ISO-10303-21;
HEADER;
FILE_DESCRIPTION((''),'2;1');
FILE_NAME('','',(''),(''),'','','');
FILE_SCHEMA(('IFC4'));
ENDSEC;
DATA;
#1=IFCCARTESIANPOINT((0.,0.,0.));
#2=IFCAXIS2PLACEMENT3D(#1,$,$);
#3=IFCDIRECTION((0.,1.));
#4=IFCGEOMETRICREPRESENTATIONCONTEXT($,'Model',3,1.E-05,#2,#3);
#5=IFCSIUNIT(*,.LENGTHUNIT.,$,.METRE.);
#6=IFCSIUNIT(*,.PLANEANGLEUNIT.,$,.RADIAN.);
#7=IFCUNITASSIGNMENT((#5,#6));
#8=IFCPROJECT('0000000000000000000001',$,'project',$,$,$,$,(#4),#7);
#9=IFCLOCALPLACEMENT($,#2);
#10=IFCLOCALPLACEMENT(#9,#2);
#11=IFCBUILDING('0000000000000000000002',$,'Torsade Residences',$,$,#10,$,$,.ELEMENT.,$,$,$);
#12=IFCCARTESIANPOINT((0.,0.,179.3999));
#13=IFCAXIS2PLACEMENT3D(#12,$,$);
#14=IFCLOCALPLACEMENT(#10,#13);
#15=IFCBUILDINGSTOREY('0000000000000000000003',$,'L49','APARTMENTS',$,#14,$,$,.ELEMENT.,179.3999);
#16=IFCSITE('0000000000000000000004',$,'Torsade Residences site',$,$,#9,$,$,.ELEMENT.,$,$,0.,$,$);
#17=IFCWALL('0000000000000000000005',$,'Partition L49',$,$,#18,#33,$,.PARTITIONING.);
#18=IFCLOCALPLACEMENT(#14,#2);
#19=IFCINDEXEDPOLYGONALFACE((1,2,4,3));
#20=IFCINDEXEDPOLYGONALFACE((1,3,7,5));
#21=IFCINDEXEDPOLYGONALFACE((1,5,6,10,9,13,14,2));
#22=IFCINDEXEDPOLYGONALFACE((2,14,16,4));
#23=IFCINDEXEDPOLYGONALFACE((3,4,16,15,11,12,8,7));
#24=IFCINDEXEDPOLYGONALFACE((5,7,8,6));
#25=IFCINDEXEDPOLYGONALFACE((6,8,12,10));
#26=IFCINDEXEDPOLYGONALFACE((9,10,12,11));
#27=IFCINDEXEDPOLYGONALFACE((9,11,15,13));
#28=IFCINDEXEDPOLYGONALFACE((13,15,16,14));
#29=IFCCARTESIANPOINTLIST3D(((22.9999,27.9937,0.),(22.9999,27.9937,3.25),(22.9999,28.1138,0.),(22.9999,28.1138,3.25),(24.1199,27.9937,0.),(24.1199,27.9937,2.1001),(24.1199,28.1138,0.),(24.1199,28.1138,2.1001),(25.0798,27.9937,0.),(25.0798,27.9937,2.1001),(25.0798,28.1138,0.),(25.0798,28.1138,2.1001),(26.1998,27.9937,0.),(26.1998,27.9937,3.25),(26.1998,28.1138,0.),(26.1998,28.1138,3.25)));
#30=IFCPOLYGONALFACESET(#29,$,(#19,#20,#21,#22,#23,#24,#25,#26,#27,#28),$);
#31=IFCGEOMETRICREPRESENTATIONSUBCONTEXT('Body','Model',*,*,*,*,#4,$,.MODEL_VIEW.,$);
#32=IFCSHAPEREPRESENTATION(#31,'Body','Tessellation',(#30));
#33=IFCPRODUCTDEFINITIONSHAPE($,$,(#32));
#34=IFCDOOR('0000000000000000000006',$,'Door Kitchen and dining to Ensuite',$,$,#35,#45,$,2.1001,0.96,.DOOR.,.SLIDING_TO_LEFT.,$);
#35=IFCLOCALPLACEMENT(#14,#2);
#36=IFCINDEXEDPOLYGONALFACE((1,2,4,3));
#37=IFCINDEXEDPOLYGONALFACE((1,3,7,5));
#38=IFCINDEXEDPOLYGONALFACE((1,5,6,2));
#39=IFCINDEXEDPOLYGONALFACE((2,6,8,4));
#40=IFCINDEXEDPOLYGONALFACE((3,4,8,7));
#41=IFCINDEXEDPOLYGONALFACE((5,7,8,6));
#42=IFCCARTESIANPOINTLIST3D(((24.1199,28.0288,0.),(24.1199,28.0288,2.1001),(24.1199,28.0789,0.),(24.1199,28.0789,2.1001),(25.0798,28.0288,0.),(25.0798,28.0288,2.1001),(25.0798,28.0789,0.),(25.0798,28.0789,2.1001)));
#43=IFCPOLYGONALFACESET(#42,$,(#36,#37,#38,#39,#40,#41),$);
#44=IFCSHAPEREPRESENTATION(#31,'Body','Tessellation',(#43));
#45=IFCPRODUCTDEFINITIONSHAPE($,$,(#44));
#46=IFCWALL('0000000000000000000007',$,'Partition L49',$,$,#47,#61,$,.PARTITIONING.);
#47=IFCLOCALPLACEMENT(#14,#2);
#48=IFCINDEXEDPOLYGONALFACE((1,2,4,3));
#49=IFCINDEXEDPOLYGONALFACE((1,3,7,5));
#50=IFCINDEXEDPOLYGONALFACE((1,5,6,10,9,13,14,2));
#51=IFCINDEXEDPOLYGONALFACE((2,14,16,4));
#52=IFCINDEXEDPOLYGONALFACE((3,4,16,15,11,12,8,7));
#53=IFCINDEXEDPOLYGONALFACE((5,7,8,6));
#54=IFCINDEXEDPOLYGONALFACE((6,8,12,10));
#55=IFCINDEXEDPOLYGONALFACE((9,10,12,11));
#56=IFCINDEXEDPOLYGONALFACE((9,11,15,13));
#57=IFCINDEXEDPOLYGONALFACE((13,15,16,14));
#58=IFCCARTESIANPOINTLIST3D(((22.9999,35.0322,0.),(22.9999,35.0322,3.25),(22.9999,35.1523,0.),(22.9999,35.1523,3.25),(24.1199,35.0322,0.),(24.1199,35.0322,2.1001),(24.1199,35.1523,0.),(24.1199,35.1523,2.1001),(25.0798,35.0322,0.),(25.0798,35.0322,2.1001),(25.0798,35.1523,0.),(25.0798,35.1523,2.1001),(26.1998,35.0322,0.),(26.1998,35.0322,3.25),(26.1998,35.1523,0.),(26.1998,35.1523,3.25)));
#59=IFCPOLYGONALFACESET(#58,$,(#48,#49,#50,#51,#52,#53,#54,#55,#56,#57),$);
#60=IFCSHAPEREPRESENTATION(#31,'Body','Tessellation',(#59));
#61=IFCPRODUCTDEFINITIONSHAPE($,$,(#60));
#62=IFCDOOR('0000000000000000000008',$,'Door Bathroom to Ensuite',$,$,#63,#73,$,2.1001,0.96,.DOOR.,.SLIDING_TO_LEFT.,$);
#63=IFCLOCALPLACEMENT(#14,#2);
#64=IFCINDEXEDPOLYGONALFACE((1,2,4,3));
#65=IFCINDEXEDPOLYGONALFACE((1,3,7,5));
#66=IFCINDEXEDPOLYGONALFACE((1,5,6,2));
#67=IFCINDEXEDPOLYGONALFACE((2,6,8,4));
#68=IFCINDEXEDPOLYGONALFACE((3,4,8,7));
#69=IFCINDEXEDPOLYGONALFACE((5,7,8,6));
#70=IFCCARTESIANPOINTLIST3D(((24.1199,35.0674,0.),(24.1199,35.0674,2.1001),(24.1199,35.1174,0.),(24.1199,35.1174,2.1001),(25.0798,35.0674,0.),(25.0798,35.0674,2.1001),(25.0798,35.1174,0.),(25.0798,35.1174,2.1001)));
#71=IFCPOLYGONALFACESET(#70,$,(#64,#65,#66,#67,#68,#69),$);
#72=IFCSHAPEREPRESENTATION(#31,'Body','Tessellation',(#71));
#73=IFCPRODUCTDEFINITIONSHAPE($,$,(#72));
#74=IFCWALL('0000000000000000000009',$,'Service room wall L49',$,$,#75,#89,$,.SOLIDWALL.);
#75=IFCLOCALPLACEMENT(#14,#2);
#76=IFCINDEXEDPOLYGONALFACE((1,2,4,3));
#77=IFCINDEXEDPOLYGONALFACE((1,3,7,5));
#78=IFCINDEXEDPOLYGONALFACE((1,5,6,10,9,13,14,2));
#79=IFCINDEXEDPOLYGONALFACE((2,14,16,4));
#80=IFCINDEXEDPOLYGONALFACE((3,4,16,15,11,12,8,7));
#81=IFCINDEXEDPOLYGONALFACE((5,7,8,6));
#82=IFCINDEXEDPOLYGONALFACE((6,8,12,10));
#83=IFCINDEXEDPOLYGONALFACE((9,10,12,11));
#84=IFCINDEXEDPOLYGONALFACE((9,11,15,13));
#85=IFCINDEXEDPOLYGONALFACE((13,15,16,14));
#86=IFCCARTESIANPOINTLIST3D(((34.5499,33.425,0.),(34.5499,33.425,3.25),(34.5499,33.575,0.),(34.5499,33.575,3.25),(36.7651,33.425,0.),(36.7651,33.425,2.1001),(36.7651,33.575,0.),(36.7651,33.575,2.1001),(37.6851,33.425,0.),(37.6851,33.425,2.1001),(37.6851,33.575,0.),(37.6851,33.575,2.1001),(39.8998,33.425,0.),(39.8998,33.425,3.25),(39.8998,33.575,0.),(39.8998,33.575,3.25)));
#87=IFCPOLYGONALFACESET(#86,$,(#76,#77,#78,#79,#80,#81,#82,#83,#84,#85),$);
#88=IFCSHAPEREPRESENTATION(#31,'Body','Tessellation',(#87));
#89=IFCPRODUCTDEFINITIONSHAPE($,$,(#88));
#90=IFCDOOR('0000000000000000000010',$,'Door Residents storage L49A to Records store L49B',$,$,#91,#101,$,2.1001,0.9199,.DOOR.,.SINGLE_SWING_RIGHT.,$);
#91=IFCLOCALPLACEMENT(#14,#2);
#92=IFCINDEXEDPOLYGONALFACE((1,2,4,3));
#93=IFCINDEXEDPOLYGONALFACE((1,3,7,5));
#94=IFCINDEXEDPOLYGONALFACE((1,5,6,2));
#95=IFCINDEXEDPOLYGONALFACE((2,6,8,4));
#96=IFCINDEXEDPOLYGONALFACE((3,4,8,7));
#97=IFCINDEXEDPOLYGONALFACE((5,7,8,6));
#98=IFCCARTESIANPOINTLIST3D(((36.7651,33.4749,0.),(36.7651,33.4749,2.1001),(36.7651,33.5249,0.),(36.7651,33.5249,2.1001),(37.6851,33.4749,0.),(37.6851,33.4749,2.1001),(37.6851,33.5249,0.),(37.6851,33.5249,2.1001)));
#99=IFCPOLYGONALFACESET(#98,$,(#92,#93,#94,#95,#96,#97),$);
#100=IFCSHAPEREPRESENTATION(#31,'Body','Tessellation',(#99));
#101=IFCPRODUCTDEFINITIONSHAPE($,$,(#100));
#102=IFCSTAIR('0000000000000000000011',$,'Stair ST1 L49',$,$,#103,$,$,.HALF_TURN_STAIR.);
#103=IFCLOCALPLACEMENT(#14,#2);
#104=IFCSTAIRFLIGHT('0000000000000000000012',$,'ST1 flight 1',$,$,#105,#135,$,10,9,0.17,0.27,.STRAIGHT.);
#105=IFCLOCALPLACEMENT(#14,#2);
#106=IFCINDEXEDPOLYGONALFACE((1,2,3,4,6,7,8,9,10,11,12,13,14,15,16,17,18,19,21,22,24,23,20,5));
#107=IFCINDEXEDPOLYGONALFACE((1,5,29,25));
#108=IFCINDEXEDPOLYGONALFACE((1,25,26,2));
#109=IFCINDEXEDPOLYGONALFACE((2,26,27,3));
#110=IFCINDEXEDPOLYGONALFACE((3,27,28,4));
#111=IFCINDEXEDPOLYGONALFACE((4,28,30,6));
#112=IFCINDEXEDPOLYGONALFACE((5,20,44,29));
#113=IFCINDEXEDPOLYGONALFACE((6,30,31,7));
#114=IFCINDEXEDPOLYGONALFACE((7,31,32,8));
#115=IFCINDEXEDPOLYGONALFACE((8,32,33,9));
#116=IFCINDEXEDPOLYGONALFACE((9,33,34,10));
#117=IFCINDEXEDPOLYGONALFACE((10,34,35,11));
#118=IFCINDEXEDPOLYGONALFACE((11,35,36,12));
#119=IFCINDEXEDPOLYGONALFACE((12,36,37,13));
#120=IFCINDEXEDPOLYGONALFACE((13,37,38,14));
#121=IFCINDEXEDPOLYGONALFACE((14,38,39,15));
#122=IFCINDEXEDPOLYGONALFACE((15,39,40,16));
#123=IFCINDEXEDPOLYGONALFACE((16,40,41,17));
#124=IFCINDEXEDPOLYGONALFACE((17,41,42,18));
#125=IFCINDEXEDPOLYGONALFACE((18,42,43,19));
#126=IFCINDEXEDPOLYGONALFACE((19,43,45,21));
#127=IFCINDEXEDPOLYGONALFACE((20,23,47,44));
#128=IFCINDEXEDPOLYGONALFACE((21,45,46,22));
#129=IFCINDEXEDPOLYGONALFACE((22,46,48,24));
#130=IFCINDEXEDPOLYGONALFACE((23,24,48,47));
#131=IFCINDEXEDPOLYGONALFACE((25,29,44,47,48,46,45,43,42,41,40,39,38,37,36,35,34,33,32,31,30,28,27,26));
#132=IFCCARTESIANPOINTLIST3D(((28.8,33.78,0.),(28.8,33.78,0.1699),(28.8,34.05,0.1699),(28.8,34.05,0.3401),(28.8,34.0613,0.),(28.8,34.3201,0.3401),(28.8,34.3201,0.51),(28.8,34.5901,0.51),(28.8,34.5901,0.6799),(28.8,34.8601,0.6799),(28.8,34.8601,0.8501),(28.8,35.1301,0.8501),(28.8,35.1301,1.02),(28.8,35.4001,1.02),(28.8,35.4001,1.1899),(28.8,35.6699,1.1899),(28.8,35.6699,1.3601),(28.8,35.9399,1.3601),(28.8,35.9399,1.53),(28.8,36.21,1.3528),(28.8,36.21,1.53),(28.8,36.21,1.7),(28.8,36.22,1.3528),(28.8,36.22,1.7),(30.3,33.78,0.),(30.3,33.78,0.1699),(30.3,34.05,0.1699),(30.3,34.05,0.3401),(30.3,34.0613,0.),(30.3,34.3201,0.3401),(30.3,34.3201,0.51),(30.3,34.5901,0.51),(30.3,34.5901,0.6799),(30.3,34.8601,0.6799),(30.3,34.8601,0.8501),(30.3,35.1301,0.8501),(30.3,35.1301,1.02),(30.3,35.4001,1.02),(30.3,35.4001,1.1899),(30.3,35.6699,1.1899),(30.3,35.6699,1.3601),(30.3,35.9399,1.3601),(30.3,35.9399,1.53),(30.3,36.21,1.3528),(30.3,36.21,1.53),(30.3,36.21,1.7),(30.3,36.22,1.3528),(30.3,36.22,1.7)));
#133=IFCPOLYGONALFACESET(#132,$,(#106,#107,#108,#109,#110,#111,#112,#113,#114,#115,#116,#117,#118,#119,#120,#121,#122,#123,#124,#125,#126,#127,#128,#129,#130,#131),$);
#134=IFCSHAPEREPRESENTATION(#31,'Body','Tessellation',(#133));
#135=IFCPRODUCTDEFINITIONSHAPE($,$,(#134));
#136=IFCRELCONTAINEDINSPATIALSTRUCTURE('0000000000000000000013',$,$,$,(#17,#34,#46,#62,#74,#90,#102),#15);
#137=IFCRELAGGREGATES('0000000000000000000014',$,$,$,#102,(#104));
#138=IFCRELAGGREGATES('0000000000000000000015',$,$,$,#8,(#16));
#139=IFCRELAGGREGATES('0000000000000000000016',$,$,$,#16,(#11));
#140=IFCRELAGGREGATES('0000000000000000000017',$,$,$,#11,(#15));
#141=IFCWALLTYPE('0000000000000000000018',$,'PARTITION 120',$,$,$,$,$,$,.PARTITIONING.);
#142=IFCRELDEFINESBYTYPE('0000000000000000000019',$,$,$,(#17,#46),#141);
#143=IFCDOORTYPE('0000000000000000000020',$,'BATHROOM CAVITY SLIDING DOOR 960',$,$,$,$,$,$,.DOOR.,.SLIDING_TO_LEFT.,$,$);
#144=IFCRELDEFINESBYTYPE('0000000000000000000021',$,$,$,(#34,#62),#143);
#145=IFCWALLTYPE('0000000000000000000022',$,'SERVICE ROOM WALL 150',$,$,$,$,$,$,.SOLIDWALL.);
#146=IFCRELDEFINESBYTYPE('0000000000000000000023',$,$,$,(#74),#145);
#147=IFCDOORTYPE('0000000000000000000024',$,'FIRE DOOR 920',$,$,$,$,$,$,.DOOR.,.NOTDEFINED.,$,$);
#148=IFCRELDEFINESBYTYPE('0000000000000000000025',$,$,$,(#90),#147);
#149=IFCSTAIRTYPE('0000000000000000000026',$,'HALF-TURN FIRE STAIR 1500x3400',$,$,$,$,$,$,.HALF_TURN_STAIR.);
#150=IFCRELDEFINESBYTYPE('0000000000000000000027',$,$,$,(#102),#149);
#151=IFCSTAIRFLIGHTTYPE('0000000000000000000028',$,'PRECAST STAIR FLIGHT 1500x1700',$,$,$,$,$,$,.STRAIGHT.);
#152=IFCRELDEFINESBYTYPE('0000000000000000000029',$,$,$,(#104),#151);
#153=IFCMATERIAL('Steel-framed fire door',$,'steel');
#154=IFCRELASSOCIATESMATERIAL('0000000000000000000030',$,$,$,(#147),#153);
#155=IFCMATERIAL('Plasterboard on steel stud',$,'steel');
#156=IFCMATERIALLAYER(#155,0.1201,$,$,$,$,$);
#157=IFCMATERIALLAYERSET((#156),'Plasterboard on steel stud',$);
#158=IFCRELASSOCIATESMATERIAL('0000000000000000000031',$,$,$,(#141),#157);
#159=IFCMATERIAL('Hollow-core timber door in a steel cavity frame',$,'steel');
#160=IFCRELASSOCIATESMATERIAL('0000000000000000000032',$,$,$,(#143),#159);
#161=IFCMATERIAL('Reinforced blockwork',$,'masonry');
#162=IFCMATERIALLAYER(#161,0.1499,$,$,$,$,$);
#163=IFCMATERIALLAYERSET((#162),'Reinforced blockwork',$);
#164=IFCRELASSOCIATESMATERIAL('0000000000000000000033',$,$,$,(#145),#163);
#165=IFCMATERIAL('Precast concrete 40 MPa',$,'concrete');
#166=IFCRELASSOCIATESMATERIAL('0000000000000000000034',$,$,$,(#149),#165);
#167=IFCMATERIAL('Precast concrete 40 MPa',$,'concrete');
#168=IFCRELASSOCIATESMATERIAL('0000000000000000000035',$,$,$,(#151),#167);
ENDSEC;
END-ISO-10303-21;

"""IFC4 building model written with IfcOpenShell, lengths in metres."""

from ifc_helpers import new_model, si_unit, direction, frame, frame_2d, origin, place, context, subcontext, project, spatial, polyline, rectangle, outline, extrude, material, layer, layer_set, type_object, element, fill, aggregate, save


model = new_model("IFC4")

# Units and contexts
model_context = context("Model", 3, precision=1e-05, world=origin(), true_north=direction((0.0, 1.0)))
body_context = subcontext(model_context, "Body", "Model", "MODEL_VIEW")
ifc_project = project(units=[si_unit("LENGTHUNIT", "METRE"), si_unit("PLANEANGLEUNIT", "RADIAN")], contexts=[model_context])

# Site, building, storey
site_placement = place(None, origin())
site = spatial("IfcSite", under=ifc_project, at=site_placement, Name="Torsade Residences site", CompositionType="ELEMENT", RefElevation=0.0)
building_placement = place(site_placement, origin())
building = spatial("IfcBuilding", under=site, at=building_placement, Name="Torsade Residences", CompositionType="ELEMENT")
storey_placement = place(building_placement, frame((0.0, 0.0, 179.3999)))
storey = spatial("IfcBuildingStorey", under=building, at=storey_placement, Name="L49", Description="APARTMENTS", CompositionType="ELEMENT", Elevation=179.3999)

# Shared definitions
ifc_material_1 = material(Name="Steel-framed fire door", Category="steel")
door_type_1 = type_object("IfcDoorType", Name="FIRE DOOR 920", OperationType="NOTDEFINED", PredefinedType="DOOR", material=ifc_material_1)

# Walls, openings, doors
ifc_material_2 = material(Name="Plasterboard on steel stud", Category="steel")
ifc_layer_1 = layer(ifc_material_2, 0.1201)
ifc_layer_set_1 = layer_set([ifc_layer_1], Name="Plasterboard on steel stud")
wall_type_1 = type_object("IfcWallType", Name="PARTITION 120", PredefinedType="PARTITIONING", material=ifc_layer_set_1)
wall_1_placement = place(storey_placement, frame((26.2, 28.0537, 0.0), z_axis=(0.0, 0.0, 1.0), x_axis=(-1.0, 0.0, 0.0)))
wall_1 = element("IfcWall", 1, at=wall_1_placement, inside=storey, type_object=wall_type_1, Name="Partition L49", PredefinedType="PARTITIONING", context=body_context, shape_type="SweptSolid", body=[
    extrude(rectangle(XDim=3.2, YDim=0.1201, at=frame_2d((1.6001, 0.0))), origin(), (0.0, 0.0, 1.0), 3.25),
])
opening_1_placement = place(wall_1_placement, frame((1.1201, 0.0, 0.0)))
opening_1 = element("IfcOpeningElement", 2, at=opening_1_placement, cuts=wall_1, PredefinedType="OPENING", context=body_context, shape_type="SweptSolid", body=[
    extrude(rectangle(XDim=0.96, YDim=2.1001, at=frame_2d((0.48, 1.05))), frame((0.0, 0.0701, 0.0), z_axis=(0.0, -1.0, 0.0), x_axis=(1.0, 0.0, 0.0)), (0.0, 0.0, 1.0), 0.1401),
])
ifc_material_3 = material(Name="Hollow-core timber door in a steel cavity frame", Category="steel")
door_type_2 = type_object("IfcDoorType", Name="BATHROOM CAVITY SLIDING DOOR 960", OperationType="SLIDING_TO_LEFT", PredefinedType="DOOR", material=ifc_material_3)
door_1_placement = place(opening_1_placement, origin())
door_1 = element("IfcDoor", 3, at=door_1_placement, inside=storey, type_object=door_type_2, Name="Door Kitchen and dining to Ensuite", OperationType="SLIDING_TO_LEFT", OverallHeight=2.1001, OverallWidth=0.96, PredefinedType="DOOR", context=body_context, shape_type="SweptSolid", body=[
    extrude(rectangle(XDim=0.96, YDim=2.1001, at=frame_2d((0.48, 1.05))), frame((0.0, 0.0249, 0.0), z_axis=(0.0, -1.0, 0.0), x_axis=(1.0, 0.0, 0.0)), (0.0, 0.0, 1.0), 0.05),
])
fill(opening_1, door_1)
wall_2_placement = place(storey_placement, frame((26.2, 35.0923, 0.0), z_axis=(0.0, 0.0, 1.0), x_axis=(-1.0, 0.0, 0.0)))
wall_2 = element("IfcWall", 4, at=wall_2_placement, inside=storey, type_object=wall_type_1, Name="Partition L49", PredefinedType="PARTITIONING", context=body_context, shape_type="SweptSolid", body=[
    extrude(rectangle(XDim=3.2, YDim=0.1201, at=frame_2d((1.6001, 0.0))), origin(), (0.0, 0.0, 1.0), 3.25),
])
opening_2_placement = place(wall_2_placement, frame((1.1201, 0.0, 0.0)))
opening_2 = element("IfcOpeningElement", 5, at=opening_2_placement, cuts=wall_2, PredefinedType="OPENING", context=body_context, shape_type="SweptSolid", body=[
    extrude(rectangle(XDim=0.96, YDim=2.1001, at=frame_2d((0.48, 1.05))), frame((0.0, 0.0701, 0.0), z_axis=(0.0, -1.0, 0.0), x_axis=(1.0, 0.0, 0.0)), (0.0, 0.0, 1.0), 0.1401),
])
door_2_placement = place(opening_2_placement, origin())
door_2 = element("IfcDoor", 6, at=door_2_placement, inside=storey, type_object=door_type_2, Name="Door Bathroom to Ensuite", OperationType="SLIDING_TO_LEFT", OverallHeight=2.1001, OverallWidth=0.96, PredefinedType="DOOR", context=body_context, shape_type="SweptSolid", body=[
    extrude(rectangle(XDim=0.96, YDim=2.1001, at=frame_2d((0.48, 1.05))), frame((0.0, 0.0249, 0.0), z_axis=(0.0, -1.0, 0.0), x_axis=(1.0, 0.0, 0.0)), (0.0, 0.0, 1.0), 0.05),
])
fill(opening_2, door_2)
ifc_material_4 = material(Name="Reinforced blockwork", Category="masonry")
ifc_layer_2 = layer(ifc_material_4, 0.1499)
ifc_layer_set_2 = layer_set([ifc_layer_2], Name="Reinforced blockwork")
wall_type_2 = type_object("IfcWallType", Name="SERVICE ROOM WALL 150", PredefinedType="SOLIDWALL", material=ifc_layer_set_2)
wall_3_placement = place(storey_placement, frame((34.55, 33.5, 0.0), z_axis=(0.0, 0.0, 1.0), x_axis=(1.0, 0.0, 0.0)))
wall_3 = element("IfcWall", 7, at=wall_3_placement, inside=storey, type_object=wall_type_2, Name="Service room wall L49", PredefinedType="SOLIDWALL", context=body_context, shape_type="SweptSolid", body=[
    extrude(rectangle(XDim=5.3499, YDim=0.1499, at=frame_2d((2.6748, 0.0))), origin(), (0.0, 0.0, 1.0), 3.25),
])
opening_3_placement = place(wall_3_placement, frame((2.2151, 0.0, 0.0)))
opening_3 = element("IfcOpeningElement", 8, at=opening_3_placement, cuts=wall_3, PredefinedType="OPENING", context=body_context, shape_type="SweptSolid", body=[
    extrude(rectangle(XDim=0.9199, YDim=2.1001, at=frame_2d((0.46, 1.05))), frame((0.0, 0.085, 0.0), z_axis=(0.0, -1.0, 0.0), x_axis=(1.0, 0.0, 0.0)), (0.0, 0.0, 1.0), 0.1699),
])
door_3_placement = place(opening_3_placement, origin())
door_3 = element("IfcDoor", 9, at=door_3_placement, inside=storey, type_object=door_type_1, Name="Door Residents storage L49A to Records store L49B", OperationType="SINGLE_SWING_RIGHT", OverallHeight=2.1001, OverallWidth=0.9199, PredefinedType="DOOR", context=body_context, shape_type="SweptSolid", body=[
    extrude(rectangle(XDim=0.9199, YDim=2.1001, at=frame_2d((0.46, 1.05))), frame((0.0, 0.0249, 0.0), z_axis=(0.0, -1.0, 0.0), x_axis=(1.0, 0.0, 0.0)), (0.0, 0.0, 1.0), 0.05),
])
fill(opening_3, door_3)

# Stair, stair flight
ifc_material_5 = material(Name="Precast concrete 40 MPa", Category="concrete")
stair_type = type_object("IfcStairType", Name="HALF-TURN FIRE STAIR 1500x3400", PredefinedType="HALF_TURN_STAIR", material=ifc_material_5)
stair_placement = place(storey_placement, origin())
stair = element("IfcStair", 10, at=stair_placement, inside=storey, type_object=stair_type, Name="Stair ST1 L49", PredefinedType="HALF_TURN_STAIR")
ifc_material_6 = material(Name="Precast concrete 40 MPa", Category="concrete")
stair_flight_type = type_object("IfcStairFlightType", Name="PRECAST STAIR FLIGHT 1500x1700", PredefinedType="STRAIGHT", material=ifc_material_6)
stair_flight_placement = place(storey_placement, frame((29.55, 33.78, 0.0), z_axis=(0.0, 0.0, 1.0), x_axis=(0.0, 1.0, 0.0)))
stair_flight = element("IfcStairFlight", 11, at=stair_flight_placement, type_object=stair_flight_type, Name="ST1 flight 1", NumberOfRisers=10, NumberOfTreads=9, PredefinedType="STRAIGHT", RiserHeight=0.17, TreadLength=0.27, context=body_context, shape_type="SweptSolid", body=[
    extrude(outline(polyline([(0.0, 0.0), (0.0, 0.1699), (0.27, 0.1699), (0.27, 0.3401), (0.54, 0.3401), (0.54, 0.51), (0.8101, 0.51), (0.8101, 0.6799), (1.0801, 0.6799), (1.0801, 0.8501), (1.3501, 0.8501), (1.3501, 1.02), (1.6201, 1.02), (1.6201, 1.1899), (1.8899, 1.1899), (1.8899, 1.3601), (2.1599, 1.3601), (2.1599, 1.53), (2.4299, 1.53), (2.4299, 1.7), (2.4399, 1.7), (2.4399, 1.3528), (2.4299, 1.3528), (0.2812, 0.0), (0.0, 0.0)])), frame((0.0, 0.75, 0.0), z_axis=(0.0, -1.0, 0.0), x_axis=(1.0, 0.0, 0.0)), (0.0, 0.0, 1.0), 1.5),
])
aggregate(stair, [stair_flight])

save(model, "model.ifc")
